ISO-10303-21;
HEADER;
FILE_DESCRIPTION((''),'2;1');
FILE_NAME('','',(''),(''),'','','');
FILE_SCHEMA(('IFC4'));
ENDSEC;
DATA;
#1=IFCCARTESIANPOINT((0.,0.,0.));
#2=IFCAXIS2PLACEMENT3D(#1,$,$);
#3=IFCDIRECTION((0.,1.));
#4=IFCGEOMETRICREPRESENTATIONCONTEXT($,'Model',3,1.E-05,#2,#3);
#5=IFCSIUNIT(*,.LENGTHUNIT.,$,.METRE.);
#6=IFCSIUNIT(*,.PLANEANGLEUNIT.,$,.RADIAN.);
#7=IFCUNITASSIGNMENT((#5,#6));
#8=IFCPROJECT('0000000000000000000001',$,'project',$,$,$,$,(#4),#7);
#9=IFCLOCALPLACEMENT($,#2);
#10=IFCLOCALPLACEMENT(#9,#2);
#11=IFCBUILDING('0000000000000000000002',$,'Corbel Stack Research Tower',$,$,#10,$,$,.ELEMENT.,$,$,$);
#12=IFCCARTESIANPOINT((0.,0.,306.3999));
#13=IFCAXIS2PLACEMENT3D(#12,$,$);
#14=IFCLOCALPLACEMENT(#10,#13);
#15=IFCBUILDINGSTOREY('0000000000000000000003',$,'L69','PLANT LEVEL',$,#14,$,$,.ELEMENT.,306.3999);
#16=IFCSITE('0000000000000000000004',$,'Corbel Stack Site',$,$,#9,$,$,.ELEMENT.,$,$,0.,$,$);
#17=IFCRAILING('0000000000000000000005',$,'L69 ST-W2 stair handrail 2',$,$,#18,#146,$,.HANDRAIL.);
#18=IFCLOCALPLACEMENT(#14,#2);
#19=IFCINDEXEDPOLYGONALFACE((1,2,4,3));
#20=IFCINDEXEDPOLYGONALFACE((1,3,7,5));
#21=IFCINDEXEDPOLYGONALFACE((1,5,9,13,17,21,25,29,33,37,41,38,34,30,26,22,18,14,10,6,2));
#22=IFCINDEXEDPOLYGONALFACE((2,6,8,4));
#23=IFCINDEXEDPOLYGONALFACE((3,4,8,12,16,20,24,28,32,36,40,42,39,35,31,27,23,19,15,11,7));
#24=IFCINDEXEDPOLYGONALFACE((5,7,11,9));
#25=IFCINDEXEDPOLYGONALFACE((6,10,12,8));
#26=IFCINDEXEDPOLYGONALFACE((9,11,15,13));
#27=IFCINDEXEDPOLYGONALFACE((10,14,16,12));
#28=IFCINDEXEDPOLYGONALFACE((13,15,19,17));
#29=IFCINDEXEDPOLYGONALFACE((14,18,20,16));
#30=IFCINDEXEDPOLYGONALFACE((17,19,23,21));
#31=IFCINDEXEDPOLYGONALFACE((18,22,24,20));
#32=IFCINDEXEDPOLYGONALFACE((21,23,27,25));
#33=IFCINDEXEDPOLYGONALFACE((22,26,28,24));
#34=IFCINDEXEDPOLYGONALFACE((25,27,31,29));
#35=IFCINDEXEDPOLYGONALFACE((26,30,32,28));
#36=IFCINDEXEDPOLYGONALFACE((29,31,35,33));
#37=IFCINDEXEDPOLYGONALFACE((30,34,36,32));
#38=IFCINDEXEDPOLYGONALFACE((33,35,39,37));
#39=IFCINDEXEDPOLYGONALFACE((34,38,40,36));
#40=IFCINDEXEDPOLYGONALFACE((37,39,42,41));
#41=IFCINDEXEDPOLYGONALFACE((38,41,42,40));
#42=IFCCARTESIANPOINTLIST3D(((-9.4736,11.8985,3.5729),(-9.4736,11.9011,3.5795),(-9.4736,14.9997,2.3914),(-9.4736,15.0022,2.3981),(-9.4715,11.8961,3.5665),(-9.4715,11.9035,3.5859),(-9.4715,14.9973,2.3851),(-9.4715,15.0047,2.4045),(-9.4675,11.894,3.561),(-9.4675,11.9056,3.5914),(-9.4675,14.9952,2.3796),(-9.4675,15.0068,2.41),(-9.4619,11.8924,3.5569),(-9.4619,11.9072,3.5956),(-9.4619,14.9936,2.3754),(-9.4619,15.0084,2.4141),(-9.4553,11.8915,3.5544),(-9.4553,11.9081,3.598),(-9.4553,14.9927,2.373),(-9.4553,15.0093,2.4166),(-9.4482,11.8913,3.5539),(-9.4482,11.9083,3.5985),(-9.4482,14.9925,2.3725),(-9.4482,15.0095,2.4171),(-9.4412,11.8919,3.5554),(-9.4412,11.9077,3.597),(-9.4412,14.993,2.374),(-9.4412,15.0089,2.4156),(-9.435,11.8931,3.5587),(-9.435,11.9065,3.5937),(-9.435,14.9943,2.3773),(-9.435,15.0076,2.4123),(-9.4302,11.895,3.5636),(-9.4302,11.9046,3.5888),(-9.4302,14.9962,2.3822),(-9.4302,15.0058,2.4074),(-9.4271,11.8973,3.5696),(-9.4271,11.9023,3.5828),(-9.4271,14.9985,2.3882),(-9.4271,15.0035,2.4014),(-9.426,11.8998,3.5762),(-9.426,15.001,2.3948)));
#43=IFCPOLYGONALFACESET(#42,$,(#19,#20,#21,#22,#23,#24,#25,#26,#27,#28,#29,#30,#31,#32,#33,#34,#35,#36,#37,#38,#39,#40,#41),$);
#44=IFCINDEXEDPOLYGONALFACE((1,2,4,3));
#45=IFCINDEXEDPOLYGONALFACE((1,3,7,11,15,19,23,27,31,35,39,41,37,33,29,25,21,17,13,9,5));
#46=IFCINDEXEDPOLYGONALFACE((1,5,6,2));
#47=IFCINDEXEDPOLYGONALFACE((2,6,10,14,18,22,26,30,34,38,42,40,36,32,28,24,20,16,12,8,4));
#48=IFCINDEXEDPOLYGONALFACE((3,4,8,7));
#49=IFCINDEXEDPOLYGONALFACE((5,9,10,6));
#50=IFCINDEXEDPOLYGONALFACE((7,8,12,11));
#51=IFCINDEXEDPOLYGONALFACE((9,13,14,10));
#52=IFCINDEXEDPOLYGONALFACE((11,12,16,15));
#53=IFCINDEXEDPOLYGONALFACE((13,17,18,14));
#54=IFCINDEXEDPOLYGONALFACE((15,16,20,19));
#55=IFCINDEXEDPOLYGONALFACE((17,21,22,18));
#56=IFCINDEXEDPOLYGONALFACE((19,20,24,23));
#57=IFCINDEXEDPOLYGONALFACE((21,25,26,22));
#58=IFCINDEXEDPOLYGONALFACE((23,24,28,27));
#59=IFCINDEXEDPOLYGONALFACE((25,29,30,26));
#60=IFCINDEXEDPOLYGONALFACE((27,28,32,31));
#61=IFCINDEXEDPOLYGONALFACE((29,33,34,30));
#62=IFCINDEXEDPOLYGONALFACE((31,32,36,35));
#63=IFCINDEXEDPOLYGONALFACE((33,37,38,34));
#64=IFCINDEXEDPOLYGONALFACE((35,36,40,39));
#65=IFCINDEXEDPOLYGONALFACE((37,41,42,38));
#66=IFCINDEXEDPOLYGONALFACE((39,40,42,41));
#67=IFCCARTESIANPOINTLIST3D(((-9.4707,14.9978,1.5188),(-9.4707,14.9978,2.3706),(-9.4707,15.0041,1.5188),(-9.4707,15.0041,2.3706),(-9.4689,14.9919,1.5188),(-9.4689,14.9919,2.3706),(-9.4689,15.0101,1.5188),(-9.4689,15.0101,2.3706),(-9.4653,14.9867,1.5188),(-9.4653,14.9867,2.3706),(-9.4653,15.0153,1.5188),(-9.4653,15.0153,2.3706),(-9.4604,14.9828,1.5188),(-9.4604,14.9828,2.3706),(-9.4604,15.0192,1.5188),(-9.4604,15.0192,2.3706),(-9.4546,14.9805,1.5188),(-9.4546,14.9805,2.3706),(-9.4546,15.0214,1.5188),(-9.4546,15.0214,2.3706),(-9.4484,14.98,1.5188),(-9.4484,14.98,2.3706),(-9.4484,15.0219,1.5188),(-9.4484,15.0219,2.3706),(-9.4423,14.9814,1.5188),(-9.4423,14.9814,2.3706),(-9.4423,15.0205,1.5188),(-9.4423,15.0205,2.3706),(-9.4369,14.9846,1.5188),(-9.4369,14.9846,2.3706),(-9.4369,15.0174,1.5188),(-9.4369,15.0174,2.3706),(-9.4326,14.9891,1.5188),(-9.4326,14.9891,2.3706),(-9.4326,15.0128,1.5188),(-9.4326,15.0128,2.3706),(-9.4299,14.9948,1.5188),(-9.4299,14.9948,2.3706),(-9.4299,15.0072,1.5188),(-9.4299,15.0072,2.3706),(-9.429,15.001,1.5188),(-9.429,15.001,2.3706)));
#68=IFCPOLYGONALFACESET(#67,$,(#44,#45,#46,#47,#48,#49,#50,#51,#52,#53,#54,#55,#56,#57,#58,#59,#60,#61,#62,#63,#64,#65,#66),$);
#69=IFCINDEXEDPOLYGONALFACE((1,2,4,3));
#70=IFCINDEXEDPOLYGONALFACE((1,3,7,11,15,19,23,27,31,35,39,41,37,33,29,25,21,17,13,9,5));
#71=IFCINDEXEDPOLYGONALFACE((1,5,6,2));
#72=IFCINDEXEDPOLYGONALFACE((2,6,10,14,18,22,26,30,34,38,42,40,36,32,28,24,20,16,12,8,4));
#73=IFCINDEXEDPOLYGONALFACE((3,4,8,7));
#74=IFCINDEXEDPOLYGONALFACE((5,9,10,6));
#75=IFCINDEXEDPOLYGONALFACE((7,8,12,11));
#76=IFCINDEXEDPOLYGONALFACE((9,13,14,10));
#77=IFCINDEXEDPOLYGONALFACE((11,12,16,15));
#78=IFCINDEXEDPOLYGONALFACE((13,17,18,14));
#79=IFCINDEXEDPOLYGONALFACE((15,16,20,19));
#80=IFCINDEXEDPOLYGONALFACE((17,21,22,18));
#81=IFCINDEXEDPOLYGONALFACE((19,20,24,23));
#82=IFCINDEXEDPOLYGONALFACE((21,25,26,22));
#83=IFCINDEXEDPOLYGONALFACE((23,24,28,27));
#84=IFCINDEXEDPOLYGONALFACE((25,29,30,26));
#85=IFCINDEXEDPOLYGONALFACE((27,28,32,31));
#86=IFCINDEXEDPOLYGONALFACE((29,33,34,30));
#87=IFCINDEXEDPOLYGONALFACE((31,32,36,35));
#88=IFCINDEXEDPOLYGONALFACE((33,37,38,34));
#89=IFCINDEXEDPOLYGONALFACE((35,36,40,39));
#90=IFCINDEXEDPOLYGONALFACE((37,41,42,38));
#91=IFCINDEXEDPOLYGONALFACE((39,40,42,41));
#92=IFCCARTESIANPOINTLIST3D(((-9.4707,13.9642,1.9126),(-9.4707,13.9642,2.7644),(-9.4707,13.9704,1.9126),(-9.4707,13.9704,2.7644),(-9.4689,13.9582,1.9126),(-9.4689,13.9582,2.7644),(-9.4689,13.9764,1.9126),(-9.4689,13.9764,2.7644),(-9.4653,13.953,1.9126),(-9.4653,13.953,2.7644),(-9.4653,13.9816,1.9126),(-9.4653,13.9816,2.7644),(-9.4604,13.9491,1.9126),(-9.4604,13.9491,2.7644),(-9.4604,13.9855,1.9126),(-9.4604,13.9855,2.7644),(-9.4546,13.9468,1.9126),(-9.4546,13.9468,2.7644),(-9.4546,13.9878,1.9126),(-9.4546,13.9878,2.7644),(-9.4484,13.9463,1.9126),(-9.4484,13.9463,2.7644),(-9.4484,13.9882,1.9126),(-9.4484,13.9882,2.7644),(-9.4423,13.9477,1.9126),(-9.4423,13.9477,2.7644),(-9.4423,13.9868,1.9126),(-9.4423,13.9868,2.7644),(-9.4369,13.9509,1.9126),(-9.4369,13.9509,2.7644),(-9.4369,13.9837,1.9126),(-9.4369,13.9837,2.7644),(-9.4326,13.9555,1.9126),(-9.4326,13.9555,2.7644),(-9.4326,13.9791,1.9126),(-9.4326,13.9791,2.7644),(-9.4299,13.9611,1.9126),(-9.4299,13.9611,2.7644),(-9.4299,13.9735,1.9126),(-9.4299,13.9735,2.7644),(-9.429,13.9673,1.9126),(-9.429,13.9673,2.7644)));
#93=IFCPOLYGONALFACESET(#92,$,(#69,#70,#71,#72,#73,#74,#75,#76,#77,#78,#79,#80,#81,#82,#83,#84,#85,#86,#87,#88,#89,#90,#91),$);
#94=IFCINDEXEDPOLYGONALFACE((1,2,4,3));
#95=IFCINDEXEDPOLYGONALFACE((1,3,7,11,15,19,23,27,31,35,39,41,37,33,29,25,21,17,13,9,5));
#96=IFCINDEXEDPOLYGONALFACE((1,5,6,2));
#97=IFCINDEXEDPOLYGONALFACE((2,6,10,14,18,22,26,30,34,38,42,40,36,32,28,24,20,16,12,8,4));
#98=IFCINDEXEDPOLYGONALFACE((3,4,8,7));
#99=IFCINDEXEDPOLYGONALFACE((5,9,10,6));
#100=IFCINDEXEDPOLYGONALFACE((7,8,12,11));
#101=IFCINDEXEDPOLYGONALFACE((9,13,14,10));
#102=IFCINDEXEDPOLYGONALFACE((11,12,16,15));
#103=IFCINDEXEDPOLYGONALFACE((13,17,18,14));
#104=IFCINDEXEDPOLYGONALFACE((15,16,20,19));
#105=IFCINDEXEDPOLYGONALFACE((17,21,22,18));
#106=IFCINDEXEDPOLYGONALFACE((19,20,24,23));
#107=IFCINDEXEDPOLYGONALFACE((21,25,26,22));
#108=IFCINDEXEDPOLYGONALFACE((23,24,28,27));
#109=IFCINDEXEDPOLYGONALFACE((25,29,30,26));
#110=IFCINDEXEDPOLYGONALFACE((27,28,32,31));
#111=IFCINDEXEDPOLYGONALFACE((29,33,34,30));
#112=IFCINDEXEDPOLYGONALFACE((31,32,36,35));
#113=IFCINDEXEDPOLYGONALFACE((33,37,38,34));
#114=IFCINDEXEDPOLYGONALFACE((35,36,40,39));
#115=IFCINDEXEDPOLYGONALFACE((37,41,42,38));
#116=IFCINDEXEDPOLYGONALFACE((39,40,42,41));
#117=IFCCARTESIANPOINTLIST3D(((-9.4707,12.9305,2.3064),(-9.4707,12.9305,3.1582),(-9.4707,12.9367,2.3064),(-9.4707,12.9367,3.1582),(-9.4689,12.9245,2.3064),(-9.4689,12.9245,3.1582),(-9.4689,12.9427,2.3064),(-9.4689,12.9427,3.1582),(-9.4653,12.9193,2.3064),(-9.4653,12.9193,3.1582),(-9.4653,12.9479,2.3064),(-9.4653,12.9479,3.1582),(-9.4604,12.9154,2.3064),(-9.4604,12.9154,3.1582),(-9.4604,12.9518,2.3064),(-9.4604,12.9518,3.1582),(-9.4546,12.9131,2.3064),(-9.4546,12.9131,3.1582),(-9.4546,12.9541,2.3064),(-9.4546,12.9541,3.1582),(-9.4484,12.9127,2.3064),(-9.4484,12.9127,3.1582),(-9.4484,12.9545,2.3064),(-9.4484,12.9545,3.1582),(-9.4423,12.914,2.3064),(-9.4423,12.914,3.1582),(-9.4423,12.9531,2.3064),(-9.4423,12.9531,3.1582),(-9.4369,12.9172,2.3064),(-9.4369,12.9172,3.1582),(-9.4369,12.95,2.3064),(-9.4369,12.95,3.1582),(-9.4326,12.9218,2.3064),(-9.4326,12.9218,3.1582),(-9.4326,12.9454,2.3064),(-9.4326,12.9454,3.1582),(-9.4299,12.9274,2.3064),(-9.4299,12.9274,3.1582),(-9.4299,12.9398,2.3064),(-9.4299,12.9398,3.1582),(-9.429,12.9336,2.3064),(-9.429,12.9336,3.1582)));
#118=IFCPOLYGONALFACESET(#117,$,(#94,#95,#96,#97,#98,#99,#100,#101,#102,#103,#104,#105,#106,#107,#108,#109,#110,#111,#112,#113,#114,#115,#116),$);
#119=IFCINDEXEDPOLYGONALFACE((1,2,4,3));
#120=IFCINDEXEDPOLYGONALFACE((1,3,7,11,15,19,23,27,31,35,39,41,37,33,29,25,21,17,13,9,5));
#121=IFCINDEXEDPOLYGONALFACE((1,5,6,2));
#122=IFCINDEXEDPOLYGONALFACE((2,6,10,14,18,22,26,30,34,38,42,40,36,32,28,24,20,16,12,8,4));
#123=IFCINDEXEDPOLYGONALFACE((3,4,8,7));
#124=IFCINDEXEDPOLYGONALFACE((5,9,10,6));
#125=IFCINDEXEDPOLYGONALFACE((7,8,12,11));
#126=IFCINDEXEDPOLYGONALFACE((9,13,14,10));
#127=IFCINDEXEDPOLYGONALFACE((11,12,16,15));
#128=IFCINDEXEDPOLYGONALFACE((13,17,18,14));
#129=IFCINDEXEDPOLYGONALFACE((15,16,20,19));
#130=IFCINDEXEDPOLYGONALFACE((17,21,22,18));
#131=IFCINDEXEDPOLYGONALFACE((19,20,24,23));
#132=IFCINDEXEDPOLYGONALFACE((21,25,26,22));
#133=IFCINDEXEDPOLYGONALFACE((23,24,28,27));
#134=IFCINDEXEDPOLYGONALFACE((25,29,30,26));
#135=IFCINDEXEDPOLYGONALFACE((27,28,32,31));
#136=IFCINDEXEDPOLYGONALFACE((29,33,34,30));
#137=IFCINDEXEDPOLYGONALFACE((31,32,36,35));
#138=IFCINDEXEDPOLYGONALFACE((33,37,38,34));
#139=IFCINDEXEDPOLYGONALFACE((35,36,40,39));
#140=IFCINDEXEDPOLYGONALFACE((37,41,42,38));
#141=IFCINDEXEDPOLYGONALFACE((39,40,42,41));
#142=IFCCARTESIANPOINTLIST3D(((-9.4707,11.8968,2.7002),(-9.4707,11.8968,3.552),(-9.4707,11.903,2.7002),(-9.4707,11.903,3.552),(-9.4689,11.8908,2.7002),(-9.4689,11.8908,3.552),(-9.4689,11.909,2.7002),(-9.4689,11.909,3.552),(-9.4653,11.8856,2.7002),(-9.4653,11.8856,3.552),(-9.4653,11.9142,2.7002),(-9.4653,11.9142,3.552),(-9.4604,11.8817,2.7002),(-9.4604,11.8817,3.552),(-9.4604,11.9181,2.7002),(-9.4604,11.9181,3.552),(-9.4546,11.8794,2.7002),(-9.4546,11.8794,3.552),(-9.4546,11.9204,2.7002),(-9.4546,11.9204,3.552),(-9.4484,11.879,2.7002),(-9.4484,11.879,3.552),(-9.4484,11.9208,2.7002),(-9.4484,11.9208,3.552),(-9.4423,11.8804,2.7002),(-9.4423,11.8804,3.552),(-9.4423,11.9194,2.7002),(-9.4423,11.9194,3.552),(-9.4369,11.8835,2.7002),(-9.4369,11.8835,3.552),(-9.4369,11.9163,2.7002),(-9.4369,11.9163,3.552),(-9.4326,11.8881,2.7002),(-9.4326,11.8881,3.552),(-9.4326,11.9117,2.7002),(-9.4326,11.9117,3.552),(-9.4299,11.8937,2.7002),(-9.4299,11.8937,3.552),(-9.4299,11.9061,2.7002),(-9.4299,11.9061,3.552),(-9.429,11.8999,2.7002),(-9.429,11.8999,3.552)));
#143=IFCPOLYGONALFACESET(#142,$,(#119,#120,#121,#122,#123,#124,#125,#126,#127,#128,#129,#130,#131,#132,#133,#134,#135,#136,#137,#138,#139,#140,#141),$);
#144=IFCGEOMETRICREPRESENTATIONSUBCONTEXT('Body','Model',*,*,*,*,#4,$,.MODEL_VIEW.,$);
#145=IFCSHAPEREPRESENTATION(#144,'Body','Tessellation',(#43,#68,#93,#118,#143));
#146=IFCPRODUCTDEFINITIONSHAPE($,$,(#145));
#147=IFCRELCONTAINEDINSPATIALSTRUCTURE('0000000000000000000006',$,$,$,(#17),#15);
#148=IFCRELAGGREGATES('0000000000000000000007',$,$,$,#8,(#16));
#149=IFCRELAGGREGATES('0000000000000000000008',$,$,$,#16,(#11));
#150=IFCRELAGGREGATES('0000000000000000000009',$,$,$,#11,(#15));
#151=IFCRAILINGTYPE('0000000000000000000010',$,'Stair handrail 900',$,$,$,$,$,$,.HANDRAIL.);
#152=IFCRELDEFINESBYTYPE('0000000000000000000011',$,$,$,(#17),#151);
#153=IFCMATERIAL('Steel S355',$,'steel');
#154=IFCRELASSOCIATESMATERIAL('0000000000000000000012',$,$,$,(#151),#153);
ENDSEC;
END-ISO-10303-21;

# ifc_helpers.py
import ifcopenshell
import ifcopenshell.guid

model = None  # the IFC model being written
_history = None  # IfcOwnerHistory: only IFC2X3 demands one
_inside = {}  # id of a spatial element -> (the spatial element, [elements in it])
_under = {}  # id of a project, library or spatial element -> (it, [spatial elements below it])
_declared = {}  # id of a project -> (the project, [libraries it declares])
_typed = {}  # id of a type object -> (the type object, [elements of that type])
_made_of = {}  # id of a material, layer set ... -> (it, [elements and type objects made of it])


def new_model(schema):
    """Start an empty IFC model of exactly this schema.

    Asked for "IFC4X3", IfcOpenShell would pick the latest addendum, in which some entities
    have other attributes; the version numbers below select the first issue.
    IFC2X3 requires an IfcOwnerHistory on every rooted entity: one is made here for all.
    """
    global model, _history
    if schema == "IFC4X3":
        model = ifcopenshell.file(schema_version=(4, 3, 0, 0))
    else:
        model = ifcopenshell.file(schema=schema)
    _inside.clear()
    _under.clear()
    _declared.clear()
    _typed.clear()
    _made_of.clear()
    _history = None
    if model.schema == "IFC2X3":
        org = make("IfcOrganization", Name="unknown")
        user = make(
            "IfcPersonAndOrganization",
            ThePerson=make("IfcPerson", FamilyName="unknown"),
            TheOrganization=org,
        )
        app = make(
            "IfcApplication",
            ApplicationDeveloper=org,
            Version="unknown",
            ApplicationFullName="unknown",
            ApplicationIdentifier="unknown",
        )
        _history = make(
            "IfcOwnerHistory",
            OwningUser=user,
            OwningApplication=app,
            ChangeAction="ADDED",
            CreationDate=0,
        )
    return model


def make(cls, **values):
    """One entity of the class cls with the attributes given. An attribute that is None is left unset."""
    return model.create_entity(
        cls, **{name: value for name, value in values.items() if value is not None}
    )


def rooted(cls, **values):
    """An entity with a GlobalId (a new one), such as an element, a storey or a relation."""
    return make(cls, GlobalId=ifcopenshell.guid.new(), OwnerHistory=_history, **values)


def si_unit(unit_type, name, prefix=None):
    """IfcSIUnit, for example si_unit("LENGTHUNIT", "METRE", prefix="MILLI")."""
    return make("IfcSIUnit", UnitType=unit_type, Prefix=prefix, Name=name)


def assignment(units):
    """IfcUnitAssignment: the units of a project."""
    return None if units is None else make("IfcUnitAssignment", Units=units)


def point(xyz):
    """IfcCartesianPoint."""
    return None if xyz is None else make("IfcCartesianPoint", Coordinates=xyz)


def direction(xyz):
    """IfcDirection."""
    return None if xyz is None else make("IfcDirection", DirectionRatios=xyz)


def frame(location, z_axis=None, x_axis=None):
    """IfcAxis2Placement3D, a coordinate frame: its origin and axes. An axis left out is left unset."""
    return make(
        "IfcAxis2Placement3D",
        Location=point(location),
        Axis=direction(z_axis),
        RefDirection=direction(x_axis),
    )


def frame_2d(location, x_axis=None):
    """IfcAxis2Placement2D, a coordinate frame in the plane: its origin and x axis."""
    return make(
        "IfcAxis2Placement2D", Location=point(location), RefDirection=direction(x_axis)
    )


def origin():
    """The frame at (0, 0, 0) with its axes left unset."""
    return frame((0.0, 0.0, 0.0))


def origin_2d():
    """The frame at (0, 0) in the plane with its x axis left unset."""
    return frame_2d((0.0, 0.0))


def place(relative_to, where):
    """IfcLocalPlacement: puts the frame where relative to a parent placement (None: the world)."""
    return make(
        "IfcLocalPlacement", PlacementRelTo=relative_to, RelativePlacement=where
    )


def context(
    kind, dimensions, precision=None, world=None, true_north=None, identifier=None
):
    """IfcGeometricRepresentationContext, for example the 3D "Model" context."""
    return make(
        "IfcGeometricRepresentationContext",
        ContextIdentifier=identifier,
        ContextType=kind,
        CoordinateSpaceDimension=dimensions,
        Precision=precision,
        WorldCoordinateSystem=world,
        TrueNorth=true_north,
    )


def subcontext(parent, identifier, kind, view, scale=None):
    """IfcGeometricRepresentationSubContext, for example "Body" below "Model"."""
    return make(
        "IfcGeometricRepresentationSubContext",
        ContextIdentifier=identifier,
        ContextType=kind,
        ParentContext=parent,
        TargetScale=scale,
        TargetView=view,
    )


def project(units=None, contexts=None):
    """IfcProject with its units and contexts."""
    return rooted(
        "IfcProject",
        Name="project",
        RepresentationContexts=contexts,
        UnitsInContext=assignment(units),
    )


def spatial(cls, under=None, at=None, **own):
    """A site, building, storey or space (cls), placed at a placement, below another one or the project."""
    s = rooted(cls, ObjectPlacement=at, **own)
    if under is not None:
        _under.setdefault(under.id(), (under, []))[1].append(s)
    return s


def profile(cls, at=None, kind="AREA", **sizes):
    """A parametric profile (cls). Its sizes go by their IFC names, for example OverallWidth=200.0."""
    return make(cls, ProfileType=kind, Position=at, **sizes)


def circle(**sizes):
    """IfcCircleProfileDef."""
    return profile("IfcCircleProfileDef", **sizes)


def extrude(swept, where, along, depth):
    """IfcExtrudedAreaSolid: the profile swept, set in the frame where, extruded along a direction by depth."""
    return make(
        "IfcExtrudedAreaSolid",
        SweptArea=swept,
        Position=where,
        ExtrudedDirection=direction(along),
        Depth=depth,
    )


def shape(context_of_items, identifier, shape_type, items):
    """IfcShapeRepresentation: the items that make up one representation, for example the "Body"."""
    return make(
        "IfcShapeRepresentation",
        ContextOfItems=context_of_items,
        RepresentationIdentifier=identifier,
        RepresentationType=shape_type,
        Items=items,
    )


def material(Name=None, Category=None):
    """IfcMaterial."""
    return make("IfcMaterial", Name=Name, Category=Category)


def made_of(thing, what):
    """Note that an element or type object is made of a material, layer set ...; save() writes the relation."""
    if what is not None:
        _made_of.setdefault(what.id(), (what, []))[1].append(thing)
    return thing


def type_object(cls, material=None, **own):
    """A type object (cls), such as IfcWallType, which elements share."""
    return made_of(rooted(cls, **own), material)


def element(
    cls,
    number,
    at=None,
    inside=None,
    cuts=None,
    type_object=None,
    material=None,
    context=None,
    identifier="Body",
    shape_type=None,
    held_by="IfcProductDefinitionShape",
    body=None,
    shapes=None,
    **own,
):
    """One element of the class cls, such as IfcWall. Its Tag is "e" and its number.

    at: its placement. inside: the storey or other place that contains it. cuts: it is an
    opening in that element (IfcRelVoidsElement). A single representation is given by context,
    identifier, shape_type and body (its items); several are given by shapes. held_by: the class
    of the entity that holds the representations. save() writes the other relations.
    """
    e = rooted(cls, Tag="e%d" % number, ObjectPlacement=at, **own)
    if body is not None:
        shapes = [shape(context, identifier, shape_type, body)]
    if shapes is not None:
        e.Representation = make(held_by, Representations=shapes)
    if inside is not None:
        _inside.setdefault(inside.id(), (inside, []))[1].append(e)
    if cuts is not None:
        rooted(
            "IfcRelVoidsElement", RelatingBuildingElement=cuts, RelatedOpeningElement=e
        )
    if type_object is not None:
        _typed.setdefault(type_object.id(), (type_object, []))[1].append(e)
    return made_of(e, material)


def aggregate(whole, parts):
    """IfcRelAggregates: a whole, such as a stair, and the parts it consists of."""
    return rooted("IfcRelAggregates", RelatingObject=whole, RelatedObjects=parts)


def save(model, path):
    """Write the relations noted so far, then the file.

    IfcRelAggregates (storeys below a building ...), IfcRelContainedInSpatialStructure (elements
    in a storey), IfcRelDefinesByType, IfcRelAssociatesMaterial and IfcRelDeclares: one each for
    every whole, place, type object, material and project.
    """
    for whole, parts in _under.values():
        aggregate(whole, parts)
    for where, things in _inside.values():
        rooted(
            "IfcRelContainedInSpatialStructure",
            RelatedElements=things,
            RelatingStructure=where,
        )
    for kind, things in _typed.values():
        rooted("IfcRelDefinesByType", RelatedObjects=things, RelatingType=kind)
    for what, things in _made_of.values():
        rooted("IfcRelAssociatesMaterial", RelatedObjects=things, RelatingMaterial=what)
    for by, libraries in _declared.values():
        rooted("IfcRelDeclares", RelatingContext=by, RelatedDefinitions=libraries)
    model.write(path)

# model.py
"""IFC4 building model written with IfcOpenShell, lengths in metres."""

from ifc_helpers import new_model, si_unit, direction, frame, origin, origin_2d, place, context, subcontext, project, spatial, circle, extrude, material, type_object, element, save


model = new_model("IFC4")

# Units and contexts
model_context = context("Model", 3, precision=1e-05, world=origin(), true_north=direction((0.0, 1.0)))
body_context = subcontext(model_context, "Body", "Model", "MODEL_VIEW")
ifc_project = project(units=[si_unit("LENGTHUNIT", "METRE"), si_unit("PLANEANGLEUNIT", "RADIAN")], contexts=[model_context])

# Site, building, storey
site_placement = place(None, origin())
site = spatial("IfcSite", under=ifc_project, at=site_placement, Name="Corbel Stack Site", CompositionType="ELEMENT", RefElevation=0.0)
building_placement = place(site_placement, origin())
building = spatial("IfcBuilding", under=site, at=building_placement, Name="Corbel Stack Research Tower", CompositionType="ELEMENT")
storey_placement = place(building_placement, frame((0.0, 0.0, 306.3999)))
storey = spatial("IfcBuildingStorey", under=building, at=storey_placement, Name="L69", Description="PLANT LEVEL", CompositionType="ELEMENT", Elevation=306.3999)

# Railing
ifc_material_1 = material(Name="Steel S355", Category="steel")
railing_type_1 = type_object("IfcRailingType", Name="Stair handrail 900", PredefinedType="HANDRAIL", material=ifc_material_1)
for number, where, name in (
    (1, (-9.45, 15.001, 1.5188), "L69 ST-W2 stair handrail 2"),
):
    element("IfcRailing", number, at=place(storey_placement, frame(where)), inside=storey, type_object=railing_type_1, Name=name, PredefinedType="HANDRAIL", context=body_context, shape_type="SweptSolid", body=[
        extrude(circle(Radius=0.0239, at=origin_2d()), frame((0.0, 0.0, 0.876), z_axis=(0.0, -0.934484, 0.356005), x_axis=(1.0, 0.0, 0.0)), (0.0, 0.0, 1.0), 3.3186),
        extrude(circle(Radius=0.021, at=origin_2d()), origin(), (0.0, 0.0, 1.0), 0.8518),
        extrude(circle(Radius=0.021, at=origin_2d()), frame((0.0, -1.0337, 0.3938)), (0.0, 0.0, 1.0), 0.8518),
        extrude(circle(Radius=0.021, at=origin_2d()), frame((0.0, -2.0674, 0.7876)), (0.0, 0.0, 1.0), 0.8518),
        extrude(circle(Radius=0.021, at=origin_2d()), frame((0.0, -3.1011, 1.1814)), (0.0, 0.0, 1.0), 0.8518),
    ])

save(model, "model.ifc")
